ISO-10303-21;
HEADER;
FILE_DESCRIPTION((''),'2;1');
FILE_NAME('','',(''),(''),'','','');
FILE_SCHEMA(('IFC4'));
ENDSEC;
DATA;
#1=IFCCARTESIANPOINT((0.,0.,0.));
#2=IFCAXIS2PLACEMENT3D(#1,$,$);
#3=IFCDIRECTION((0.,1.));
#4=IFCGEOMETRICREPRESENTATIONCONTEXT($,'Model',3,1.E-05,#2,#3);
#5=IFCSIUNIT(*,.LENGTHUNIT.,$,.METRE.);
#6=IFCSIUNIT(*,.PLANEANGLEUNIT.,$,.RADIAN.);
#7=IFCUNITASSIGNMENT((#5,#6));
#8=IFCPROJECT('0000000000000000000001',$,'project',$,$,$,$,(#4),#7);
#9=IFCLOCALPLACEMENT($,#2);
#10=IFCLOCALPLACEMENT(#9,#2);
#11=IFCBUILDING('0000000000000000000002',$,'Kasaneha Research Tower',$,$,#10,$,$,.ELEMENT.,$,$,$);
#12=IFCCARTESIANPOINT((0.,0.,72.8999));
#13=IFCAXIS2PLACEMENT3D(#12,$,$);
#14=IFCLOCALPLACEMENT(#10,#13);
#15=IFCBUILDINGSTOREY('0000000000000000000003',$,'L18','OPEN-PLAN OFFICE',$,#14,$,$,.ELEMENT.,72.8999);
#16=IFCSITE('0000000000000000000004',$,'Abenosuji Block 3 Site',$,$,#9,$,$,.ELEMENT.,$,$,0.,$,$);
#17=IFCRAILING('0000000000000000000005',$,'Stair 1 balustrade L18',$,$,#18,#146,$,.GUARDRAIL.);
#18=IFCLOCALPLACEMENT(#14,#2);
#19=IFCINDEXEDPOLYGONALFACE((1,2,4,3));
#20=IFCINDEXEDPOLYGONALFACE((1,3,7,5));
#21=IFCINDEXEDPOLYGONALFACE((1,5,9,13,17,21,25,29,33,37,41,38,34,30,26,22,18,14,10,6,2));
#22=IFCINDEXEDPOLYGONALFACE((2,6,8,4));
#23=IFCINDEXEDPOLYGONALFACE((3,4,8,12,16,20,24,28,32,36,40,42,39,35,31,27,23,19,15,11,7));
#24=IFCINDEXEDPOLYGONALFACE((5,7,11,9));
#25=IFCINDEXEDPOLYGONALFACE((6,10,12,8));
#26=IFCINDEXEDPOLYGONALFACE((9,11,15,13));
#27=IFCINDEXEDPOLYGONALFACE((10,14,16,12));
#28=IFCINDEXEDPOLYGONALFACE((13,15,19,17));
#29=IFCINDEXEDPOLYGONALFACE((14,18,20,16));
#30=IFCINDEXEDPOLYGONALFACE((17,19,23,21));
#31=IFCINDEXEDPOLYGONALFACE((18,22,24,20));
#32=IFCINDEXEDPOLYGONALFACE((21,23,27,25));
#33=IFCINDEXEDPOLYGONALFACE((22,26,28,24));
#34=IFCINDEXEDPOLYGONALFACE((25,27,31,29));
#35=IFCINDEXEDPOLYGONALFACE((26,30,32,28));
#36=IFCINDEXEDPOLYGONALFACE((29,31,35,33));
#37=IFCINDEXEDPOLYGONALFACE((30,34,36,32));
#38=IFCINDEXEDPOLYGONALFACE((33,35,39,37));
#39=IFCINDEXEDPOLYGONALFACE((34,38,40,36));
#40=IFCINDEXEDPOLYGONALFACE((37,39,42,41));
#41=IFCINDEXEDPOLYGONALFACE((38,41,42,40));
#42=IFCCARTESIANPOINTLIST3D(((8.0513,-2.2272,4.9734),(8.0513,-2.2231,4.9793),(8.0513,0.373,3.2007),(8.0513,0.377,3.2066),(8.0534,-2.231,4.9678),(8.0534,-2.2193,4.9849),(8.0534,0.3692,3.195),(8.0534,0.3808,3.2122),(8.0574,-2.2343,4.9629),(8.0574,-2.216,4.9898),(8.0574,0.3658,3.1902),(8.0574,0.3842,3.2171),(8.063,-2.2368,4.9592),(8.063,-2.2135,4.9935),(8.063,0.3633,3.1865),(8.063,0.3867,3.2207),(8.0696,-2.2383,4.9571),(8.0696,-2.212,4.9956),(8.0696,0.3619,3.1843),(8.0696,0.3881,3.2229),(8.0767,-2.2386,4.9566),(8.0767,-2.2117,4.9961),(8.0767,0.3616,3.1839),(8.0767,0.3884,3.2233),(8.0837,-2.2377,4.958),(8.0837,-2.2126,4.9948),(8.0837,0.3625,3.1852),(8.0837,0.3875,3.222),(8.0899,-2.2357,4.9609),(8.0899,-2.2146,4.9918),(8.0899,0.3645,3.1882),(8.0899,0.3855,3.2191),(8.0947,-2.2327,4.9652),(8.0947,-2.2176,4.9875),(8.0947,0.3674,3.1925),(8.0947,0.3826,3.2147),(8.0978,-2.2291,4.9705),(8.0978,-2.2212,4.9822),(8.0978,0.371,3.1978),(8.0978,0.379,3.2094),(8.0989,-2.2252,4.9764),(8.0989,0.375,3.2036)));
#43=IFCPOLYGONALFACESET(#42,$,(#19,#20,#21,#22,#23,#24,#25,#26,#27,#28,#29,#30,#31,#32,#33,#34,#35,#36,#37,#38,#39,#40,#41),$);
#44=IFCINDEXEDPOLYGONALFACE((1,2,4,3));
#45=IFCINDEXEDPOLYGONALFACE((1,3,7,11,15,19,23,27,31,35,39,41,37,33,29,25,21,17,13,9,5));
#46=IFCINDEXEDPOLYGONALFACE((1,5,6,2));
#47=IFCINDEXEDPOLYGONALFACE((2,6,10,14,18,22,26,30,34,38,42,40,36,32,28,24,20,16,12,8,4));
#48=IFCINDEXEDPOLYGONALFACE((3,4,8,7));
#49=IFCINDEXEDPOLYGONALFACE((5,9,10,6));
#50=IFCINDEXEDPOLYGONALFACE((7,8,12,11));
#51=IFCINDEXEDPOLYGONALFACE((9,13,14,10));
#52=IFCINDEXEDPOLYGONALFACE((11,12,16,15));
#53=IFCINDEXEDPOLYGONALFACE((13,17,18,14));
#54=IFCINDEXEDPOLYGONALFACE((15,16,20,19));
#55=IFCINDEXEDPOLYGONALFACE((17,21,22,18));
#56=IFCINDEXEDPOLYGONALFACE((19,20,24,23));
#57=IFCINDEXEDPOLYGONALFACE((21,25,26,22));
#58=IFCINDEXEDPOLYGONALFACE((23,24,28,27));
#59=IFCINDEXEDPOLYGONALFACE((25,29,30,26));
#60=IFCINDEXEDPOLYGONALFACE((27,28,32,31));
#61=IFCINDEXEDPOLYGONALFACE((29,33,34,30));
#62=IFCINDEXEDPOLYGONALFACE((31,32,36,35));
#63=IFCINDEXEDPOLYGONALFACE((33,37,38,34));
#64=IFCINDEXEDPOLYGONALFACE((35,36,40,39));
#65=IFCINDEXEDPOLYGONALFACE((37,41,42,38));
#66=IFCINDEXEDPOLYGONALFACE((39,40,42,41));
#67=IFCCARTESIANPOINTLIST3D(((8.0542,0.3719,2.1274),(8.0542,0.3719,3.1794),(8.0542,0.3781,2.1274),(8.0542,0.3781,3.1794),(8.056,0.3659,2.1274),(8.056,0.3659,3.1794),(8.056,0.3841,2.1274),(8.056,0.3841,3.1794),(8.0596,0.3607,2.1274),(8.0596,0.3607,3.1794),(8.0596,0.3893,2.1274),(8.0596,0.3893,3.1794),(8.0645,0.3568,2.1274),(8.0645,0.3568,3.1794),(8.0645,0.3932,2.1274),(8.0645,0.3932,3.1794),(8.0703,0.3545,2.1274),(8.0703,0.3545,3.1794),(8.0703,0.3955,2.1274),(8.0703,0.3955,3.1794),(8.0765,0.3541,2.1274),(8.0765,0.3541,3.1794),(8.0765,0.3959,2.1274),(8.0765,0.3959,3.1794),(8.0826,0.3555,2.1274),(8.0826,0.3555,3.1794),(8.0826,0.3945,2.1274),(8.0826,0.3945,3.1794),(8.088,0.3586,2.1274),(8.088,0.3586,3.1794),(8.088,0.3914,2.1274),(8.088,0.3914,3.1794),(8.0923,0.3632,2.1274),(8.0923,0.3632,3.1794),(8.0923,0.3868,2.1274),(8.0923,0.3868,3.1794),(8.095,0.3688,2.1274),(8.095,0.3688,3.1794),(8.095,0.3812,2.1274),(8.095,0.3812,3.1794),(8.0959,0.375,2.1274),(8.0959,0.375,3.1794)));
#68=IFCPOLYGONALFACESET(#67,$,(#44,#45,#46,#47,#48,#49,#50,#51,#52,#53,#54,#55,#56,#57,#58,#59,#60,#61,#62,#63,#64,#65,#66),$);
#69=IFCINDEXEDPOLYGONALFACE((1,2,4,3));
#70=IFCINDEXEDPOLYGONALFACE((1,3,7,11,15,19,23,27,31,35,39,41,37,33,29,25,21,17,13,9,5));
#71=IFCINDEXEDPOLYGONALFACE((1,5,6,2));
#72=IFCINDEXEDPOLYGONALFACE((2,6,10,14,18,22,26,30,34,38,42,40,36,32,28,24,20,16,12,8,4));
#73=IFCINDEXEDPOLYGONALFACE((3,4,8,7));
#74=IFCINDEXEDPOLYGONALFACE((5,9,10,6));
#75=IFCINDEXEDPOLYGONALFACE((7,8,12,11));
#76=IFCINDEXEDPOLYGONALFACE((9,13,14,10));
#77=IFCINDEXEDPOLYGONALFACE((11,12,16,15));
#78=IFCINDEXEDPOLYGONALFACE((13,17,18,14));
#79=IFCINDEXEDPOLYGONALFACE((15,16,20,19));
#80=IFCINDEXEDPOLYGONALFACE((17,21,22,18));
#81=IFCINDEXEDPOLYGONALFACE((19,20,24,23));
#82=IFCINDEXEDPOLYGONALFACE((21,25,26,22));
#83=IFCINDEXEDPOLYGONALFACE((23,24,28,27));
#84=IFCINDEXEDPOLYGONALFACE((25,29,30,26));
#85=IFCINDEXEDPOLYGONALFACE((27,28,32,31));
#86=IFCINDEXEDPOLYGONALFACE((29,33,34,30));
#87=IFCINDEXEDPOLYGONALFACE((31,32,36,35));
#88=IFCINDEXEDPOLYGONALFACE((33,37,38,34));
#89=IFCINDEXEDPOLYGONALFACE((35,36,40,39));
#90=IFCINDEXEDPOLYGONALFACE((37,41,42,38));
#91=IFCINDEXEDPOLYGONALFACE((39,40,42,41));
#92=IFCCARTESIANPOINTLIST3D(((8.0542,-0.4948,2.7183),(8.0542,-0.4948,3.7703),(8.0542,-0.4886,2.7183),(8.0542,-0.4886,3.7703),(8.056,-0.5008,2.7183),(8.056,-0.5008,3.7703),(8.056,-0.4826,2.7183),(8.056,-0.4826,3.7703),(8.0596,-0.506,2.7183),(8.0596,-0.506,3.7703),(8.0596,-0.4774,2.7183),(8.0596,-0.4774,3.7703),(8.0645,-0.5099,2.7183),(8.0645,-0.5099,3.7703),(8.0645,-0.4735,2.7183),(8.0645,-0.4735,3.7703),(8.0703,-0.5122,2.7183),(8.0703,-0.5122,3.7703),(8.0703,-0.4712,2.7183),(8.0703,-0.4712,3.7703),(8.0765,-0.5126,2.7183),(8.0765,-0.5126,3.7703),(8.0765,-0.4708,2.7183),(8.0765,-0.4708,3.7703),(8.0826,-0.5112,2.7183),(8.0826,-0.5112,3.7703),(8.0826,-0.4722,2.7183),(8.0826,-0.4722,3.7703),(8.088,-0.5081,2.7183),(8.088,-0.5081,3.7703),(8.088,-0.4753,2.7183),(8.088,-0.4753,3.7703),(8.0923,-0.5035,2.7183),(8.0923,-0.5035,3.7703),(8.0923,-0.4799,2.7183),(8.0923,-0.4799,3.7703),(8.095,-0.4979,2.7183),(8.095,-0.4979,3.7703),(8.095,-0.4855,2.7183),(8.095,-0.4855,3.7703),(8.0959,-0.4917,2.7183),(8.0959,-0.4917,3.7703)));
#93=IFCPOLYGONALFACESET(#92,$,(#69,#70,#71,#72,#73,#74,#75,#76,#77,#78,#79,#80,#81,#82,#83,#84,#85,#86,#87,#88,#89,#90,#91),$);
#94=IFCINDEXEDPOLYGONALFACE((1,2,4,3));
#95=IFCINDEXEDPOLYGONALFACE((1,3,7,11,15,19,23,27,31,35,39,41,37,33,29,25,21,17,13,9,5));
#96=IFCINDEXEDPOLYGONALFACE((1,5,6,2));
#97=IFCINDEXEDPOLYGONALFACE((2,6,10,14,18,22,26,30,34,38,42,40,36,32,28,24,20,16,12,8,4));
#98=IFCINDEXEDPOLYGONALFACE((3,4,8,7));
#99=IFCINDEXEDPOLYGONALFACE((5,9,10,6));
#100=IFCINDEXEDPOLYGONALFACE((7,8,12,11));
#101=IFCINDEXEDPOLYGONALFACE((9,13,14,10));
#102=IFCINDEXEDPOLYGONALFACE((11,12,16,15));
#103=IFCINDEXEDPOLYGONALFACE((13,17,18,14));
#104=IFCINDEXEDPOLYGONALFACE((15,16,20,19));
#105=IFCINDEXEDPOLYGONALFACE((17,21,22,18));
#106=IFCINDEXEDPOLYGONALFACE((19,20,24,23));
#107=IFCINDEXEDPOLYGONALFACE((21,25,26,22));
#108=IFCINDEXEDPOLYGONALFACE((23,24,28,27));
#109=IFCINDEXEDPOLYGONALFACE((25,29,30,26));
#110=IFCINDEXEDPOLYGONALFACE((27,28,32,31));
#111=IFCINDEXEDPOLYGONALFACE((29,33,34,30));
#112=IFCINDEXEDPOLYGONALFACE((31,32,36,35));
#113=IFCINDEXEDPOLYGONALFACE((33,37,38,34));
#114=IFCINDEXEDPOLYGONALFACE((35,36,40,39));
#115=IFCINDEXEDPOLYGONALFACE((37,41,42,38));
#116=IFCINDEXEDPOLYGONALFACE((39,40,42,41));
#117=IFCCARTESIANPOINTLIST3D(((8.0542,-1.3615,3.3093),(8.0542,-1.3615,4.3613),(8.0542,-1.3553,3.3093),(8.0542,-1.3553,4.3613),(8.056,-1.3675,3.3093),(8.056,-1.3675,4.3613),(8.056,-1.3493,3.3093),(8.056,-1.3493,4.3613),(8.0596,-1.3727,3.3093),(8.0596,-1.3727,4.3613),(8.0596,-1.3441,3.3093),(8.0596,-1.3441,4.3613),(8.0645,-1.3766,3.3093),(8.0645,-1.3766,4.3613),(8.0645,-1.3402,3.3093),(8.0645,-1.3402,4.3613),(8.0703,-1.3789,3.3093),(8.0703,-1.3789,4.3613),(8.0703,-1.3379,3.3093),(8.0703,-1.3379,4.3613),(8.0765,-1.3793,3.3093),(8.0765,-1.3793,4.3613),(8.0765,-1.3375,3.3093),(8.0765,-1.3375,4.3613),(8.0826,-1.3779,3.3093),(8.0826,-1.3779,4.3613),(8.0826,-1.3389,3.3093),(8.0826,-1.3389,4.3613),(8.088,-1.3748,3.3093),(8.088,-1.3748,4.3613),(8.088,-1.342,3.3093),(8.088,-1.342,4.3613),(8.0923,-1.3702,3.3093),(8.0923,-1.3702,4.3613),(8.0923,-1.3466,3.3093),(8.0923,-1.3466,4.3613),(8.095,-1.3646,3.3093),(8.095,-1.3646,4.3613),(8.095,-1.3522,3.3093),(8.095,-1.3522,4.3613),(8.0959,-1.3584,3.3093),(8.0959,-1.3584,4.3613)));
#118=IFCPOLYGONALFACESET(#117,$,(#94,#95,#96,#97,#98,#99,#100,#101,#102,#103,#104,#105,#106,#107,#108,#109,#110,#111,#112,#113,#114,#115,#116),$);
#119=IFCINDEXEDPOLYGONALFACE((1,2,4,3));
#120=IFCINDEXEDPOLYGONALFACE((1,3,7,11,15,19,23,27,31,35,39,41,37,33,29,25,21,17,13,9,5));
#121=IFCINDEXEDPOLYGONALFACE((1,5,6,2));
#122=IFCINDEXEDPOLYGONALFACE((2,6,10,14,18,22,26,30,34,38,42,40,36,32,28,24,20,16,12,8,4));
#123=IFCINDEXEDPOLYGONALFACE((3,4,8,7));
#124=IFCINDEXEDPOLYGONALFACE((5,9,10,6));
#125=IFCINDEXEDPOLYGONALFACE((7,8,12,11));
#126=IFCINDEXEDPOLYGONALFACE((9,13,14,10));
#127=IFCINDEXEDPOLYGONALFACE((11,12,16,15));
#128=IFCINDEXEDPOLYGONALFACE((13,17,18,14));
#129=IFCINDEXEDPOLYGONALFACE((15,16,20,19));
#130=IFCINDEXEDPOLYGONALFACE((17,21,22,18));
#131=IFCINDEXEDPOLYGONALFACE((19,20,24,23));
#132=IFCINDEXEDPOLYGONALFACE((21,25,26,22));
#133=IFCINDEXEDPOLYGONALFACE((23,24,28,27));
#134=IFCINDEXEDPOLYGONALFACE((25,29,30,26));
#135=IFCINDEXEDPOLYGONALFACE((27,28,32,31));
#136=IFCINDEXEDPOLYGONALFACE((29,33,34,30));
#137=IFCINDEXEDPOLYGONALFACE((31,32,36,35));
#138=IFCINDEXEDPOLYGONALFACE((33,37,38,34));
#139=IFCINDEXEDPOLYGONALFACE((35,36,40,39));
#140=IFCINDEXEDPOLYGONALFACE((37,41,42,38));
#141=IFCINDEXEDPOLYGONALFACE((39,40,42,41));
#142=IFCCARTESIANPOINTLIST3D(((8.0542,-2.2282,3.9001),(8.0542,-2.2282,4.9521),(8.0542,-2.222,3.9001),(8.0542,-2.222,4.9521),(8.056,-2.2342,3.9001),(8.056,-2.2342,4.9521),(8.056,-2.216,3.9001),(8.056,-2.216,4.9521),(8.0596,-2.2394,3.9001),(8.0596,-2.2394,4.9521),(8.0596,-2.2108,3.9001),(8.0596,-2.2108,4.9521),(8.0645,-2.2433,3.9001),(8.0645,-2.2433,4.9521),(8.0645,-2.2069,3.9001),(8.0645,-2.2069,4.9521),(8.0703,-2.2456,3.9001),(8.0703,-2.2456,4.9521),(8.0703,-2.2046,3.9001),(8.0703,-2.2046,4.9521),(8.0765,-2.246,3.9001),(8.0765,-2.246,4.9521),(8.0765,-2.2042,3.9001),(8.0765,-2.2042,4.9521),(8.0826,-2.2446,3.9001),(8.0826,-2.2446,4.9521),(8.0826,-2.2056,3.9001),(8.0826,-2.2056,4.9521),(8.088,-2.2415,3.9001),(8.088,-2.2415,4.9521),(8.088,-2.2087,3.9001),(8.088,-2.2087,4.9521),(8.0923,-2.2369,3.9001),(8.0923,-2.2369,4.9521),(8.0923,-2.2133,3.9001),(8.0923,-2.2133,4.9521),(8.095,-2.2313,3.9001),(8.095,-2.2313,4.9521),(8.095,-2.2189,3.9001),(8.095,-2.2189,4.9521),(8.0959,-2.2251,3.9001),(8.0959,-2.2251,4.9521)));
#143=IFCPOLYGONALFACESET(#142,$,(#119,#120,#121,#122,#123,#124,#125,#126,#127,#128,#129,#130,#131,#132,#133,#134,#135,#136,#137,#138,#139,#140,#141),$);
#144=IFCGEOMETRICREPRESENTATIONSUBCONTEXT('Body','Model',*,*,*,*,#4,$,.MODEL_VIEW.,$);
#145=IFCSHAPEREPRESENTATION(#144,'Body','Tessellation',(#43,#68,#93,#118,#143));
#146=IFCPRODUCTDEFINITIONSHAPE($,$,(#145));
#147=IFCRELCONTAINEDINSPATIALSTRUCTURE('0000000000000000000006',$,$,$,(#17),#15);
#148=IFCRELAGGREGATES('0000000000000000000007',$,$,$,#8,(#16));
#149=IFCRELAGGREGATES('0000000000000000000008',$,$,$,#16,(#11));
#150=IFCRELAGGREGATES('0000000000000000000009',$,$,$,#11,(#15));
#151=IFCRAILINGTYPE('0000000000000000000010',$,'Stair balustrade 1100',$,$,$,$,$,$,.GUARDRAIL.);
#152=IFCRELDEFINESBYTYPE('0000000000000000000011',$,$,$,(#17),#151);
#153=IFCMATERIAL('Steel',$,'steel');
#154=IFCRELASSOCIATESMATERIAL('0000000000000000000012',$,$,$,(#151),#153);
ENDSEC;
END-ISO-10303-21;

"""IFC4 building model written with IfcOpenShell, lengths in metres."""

from ifc_helpers import new_model, si_unit, direction, frame, origin, origin_2d, place, context, subcontext, project, spatial, circle, extrude, material, type_object, element, save


model = new_model("IFC4")

# Units and contexts
model_context = context("Model", 3, precision=1e-05, world=origin(), true_north=direction((0.0, 1.0)))
body_context = subcontext(model_context, "Body", "Model", "MODEL_VIEW")
ifc_project = project(units=[si_unit("LENGTHUNIT", "METRE"), si_unit("PLANEANGLEUNIT", "RADIAN")], contexts=[model_context])

# Site, building, storey
site_placement = place(None, origin())
site = spatial("IfcSite", under=ifc_project, at=site_placement, Name="Abenosuji Block 3 Site", CompositionType="ELEMENT", RefElevation=0.0)
building_placement = place(site_placement, origin())
building = spatial("IfcBuilding", under=site, at=building_placement, Name="Kasaneha Research Tower", CompositionType="ELEMENT")
storey_placement = place(building_placement, frame((0.0, 0.0, 72.8999)))
storey = spatial("IfcBuildingStorey", under=building, at=storey_placement, Name="L18", Description="OPEN-PLAN OFFICE", CompositionType="ELEMENT", Elevation=72.8999)

# Railing
ifc_material_1 = material(Name="Steel", Category="steel")
railing_type_1 = type_object("IfcRailingType", Name="Stair balustrade 1100", PredefinedType="GUARDRAIL", material=ifc_material_1)
railing_1_placement = place(storey_placement, frame((8.075, 0.375, 2.1274)))
element("IfcRailing", 1, at=railing_1_placement, inside=storey, type_object=railing_type_1, Name="Stair 1 balustrade L18", PredefinedType="GUARDRAIL", context=body_context, shape_type="SweptSolid", body=[
    extrude(circle(Radius=0.0239, at=origin_2d()), frame((0.0, 0.0, 1.0762), z_axis=(0.0, -0.82624, 0.563318), x_axis=(1.0, 0.0, 0.0)), (0.0, 0.0, 1.0), 3.147),
    extrude(circle(Radius=0.021, at=origin_2d()), origin(), (0.0, 0.0, 1.0), 1.052),
    extrude(circle(Radius=0.021, at=origin_2d()), frame((0.0, -0.8667, 0.5908)), (0.0, 0.0, 1.0), 1.052),
    extrude(circle(Radius=0.021, at=origin_2d()), frame((0.0, -1.7334, 1.1819)), (0.0, 0.0, 1.0), 1.052),
    extrude(circle(Radius=0.021, at=origin_2d()), frame((0.0, -2.6001, 1.7727)), (0.0, 0.0, 1.0), 1.052),
])

save(model, "model.ifc")
